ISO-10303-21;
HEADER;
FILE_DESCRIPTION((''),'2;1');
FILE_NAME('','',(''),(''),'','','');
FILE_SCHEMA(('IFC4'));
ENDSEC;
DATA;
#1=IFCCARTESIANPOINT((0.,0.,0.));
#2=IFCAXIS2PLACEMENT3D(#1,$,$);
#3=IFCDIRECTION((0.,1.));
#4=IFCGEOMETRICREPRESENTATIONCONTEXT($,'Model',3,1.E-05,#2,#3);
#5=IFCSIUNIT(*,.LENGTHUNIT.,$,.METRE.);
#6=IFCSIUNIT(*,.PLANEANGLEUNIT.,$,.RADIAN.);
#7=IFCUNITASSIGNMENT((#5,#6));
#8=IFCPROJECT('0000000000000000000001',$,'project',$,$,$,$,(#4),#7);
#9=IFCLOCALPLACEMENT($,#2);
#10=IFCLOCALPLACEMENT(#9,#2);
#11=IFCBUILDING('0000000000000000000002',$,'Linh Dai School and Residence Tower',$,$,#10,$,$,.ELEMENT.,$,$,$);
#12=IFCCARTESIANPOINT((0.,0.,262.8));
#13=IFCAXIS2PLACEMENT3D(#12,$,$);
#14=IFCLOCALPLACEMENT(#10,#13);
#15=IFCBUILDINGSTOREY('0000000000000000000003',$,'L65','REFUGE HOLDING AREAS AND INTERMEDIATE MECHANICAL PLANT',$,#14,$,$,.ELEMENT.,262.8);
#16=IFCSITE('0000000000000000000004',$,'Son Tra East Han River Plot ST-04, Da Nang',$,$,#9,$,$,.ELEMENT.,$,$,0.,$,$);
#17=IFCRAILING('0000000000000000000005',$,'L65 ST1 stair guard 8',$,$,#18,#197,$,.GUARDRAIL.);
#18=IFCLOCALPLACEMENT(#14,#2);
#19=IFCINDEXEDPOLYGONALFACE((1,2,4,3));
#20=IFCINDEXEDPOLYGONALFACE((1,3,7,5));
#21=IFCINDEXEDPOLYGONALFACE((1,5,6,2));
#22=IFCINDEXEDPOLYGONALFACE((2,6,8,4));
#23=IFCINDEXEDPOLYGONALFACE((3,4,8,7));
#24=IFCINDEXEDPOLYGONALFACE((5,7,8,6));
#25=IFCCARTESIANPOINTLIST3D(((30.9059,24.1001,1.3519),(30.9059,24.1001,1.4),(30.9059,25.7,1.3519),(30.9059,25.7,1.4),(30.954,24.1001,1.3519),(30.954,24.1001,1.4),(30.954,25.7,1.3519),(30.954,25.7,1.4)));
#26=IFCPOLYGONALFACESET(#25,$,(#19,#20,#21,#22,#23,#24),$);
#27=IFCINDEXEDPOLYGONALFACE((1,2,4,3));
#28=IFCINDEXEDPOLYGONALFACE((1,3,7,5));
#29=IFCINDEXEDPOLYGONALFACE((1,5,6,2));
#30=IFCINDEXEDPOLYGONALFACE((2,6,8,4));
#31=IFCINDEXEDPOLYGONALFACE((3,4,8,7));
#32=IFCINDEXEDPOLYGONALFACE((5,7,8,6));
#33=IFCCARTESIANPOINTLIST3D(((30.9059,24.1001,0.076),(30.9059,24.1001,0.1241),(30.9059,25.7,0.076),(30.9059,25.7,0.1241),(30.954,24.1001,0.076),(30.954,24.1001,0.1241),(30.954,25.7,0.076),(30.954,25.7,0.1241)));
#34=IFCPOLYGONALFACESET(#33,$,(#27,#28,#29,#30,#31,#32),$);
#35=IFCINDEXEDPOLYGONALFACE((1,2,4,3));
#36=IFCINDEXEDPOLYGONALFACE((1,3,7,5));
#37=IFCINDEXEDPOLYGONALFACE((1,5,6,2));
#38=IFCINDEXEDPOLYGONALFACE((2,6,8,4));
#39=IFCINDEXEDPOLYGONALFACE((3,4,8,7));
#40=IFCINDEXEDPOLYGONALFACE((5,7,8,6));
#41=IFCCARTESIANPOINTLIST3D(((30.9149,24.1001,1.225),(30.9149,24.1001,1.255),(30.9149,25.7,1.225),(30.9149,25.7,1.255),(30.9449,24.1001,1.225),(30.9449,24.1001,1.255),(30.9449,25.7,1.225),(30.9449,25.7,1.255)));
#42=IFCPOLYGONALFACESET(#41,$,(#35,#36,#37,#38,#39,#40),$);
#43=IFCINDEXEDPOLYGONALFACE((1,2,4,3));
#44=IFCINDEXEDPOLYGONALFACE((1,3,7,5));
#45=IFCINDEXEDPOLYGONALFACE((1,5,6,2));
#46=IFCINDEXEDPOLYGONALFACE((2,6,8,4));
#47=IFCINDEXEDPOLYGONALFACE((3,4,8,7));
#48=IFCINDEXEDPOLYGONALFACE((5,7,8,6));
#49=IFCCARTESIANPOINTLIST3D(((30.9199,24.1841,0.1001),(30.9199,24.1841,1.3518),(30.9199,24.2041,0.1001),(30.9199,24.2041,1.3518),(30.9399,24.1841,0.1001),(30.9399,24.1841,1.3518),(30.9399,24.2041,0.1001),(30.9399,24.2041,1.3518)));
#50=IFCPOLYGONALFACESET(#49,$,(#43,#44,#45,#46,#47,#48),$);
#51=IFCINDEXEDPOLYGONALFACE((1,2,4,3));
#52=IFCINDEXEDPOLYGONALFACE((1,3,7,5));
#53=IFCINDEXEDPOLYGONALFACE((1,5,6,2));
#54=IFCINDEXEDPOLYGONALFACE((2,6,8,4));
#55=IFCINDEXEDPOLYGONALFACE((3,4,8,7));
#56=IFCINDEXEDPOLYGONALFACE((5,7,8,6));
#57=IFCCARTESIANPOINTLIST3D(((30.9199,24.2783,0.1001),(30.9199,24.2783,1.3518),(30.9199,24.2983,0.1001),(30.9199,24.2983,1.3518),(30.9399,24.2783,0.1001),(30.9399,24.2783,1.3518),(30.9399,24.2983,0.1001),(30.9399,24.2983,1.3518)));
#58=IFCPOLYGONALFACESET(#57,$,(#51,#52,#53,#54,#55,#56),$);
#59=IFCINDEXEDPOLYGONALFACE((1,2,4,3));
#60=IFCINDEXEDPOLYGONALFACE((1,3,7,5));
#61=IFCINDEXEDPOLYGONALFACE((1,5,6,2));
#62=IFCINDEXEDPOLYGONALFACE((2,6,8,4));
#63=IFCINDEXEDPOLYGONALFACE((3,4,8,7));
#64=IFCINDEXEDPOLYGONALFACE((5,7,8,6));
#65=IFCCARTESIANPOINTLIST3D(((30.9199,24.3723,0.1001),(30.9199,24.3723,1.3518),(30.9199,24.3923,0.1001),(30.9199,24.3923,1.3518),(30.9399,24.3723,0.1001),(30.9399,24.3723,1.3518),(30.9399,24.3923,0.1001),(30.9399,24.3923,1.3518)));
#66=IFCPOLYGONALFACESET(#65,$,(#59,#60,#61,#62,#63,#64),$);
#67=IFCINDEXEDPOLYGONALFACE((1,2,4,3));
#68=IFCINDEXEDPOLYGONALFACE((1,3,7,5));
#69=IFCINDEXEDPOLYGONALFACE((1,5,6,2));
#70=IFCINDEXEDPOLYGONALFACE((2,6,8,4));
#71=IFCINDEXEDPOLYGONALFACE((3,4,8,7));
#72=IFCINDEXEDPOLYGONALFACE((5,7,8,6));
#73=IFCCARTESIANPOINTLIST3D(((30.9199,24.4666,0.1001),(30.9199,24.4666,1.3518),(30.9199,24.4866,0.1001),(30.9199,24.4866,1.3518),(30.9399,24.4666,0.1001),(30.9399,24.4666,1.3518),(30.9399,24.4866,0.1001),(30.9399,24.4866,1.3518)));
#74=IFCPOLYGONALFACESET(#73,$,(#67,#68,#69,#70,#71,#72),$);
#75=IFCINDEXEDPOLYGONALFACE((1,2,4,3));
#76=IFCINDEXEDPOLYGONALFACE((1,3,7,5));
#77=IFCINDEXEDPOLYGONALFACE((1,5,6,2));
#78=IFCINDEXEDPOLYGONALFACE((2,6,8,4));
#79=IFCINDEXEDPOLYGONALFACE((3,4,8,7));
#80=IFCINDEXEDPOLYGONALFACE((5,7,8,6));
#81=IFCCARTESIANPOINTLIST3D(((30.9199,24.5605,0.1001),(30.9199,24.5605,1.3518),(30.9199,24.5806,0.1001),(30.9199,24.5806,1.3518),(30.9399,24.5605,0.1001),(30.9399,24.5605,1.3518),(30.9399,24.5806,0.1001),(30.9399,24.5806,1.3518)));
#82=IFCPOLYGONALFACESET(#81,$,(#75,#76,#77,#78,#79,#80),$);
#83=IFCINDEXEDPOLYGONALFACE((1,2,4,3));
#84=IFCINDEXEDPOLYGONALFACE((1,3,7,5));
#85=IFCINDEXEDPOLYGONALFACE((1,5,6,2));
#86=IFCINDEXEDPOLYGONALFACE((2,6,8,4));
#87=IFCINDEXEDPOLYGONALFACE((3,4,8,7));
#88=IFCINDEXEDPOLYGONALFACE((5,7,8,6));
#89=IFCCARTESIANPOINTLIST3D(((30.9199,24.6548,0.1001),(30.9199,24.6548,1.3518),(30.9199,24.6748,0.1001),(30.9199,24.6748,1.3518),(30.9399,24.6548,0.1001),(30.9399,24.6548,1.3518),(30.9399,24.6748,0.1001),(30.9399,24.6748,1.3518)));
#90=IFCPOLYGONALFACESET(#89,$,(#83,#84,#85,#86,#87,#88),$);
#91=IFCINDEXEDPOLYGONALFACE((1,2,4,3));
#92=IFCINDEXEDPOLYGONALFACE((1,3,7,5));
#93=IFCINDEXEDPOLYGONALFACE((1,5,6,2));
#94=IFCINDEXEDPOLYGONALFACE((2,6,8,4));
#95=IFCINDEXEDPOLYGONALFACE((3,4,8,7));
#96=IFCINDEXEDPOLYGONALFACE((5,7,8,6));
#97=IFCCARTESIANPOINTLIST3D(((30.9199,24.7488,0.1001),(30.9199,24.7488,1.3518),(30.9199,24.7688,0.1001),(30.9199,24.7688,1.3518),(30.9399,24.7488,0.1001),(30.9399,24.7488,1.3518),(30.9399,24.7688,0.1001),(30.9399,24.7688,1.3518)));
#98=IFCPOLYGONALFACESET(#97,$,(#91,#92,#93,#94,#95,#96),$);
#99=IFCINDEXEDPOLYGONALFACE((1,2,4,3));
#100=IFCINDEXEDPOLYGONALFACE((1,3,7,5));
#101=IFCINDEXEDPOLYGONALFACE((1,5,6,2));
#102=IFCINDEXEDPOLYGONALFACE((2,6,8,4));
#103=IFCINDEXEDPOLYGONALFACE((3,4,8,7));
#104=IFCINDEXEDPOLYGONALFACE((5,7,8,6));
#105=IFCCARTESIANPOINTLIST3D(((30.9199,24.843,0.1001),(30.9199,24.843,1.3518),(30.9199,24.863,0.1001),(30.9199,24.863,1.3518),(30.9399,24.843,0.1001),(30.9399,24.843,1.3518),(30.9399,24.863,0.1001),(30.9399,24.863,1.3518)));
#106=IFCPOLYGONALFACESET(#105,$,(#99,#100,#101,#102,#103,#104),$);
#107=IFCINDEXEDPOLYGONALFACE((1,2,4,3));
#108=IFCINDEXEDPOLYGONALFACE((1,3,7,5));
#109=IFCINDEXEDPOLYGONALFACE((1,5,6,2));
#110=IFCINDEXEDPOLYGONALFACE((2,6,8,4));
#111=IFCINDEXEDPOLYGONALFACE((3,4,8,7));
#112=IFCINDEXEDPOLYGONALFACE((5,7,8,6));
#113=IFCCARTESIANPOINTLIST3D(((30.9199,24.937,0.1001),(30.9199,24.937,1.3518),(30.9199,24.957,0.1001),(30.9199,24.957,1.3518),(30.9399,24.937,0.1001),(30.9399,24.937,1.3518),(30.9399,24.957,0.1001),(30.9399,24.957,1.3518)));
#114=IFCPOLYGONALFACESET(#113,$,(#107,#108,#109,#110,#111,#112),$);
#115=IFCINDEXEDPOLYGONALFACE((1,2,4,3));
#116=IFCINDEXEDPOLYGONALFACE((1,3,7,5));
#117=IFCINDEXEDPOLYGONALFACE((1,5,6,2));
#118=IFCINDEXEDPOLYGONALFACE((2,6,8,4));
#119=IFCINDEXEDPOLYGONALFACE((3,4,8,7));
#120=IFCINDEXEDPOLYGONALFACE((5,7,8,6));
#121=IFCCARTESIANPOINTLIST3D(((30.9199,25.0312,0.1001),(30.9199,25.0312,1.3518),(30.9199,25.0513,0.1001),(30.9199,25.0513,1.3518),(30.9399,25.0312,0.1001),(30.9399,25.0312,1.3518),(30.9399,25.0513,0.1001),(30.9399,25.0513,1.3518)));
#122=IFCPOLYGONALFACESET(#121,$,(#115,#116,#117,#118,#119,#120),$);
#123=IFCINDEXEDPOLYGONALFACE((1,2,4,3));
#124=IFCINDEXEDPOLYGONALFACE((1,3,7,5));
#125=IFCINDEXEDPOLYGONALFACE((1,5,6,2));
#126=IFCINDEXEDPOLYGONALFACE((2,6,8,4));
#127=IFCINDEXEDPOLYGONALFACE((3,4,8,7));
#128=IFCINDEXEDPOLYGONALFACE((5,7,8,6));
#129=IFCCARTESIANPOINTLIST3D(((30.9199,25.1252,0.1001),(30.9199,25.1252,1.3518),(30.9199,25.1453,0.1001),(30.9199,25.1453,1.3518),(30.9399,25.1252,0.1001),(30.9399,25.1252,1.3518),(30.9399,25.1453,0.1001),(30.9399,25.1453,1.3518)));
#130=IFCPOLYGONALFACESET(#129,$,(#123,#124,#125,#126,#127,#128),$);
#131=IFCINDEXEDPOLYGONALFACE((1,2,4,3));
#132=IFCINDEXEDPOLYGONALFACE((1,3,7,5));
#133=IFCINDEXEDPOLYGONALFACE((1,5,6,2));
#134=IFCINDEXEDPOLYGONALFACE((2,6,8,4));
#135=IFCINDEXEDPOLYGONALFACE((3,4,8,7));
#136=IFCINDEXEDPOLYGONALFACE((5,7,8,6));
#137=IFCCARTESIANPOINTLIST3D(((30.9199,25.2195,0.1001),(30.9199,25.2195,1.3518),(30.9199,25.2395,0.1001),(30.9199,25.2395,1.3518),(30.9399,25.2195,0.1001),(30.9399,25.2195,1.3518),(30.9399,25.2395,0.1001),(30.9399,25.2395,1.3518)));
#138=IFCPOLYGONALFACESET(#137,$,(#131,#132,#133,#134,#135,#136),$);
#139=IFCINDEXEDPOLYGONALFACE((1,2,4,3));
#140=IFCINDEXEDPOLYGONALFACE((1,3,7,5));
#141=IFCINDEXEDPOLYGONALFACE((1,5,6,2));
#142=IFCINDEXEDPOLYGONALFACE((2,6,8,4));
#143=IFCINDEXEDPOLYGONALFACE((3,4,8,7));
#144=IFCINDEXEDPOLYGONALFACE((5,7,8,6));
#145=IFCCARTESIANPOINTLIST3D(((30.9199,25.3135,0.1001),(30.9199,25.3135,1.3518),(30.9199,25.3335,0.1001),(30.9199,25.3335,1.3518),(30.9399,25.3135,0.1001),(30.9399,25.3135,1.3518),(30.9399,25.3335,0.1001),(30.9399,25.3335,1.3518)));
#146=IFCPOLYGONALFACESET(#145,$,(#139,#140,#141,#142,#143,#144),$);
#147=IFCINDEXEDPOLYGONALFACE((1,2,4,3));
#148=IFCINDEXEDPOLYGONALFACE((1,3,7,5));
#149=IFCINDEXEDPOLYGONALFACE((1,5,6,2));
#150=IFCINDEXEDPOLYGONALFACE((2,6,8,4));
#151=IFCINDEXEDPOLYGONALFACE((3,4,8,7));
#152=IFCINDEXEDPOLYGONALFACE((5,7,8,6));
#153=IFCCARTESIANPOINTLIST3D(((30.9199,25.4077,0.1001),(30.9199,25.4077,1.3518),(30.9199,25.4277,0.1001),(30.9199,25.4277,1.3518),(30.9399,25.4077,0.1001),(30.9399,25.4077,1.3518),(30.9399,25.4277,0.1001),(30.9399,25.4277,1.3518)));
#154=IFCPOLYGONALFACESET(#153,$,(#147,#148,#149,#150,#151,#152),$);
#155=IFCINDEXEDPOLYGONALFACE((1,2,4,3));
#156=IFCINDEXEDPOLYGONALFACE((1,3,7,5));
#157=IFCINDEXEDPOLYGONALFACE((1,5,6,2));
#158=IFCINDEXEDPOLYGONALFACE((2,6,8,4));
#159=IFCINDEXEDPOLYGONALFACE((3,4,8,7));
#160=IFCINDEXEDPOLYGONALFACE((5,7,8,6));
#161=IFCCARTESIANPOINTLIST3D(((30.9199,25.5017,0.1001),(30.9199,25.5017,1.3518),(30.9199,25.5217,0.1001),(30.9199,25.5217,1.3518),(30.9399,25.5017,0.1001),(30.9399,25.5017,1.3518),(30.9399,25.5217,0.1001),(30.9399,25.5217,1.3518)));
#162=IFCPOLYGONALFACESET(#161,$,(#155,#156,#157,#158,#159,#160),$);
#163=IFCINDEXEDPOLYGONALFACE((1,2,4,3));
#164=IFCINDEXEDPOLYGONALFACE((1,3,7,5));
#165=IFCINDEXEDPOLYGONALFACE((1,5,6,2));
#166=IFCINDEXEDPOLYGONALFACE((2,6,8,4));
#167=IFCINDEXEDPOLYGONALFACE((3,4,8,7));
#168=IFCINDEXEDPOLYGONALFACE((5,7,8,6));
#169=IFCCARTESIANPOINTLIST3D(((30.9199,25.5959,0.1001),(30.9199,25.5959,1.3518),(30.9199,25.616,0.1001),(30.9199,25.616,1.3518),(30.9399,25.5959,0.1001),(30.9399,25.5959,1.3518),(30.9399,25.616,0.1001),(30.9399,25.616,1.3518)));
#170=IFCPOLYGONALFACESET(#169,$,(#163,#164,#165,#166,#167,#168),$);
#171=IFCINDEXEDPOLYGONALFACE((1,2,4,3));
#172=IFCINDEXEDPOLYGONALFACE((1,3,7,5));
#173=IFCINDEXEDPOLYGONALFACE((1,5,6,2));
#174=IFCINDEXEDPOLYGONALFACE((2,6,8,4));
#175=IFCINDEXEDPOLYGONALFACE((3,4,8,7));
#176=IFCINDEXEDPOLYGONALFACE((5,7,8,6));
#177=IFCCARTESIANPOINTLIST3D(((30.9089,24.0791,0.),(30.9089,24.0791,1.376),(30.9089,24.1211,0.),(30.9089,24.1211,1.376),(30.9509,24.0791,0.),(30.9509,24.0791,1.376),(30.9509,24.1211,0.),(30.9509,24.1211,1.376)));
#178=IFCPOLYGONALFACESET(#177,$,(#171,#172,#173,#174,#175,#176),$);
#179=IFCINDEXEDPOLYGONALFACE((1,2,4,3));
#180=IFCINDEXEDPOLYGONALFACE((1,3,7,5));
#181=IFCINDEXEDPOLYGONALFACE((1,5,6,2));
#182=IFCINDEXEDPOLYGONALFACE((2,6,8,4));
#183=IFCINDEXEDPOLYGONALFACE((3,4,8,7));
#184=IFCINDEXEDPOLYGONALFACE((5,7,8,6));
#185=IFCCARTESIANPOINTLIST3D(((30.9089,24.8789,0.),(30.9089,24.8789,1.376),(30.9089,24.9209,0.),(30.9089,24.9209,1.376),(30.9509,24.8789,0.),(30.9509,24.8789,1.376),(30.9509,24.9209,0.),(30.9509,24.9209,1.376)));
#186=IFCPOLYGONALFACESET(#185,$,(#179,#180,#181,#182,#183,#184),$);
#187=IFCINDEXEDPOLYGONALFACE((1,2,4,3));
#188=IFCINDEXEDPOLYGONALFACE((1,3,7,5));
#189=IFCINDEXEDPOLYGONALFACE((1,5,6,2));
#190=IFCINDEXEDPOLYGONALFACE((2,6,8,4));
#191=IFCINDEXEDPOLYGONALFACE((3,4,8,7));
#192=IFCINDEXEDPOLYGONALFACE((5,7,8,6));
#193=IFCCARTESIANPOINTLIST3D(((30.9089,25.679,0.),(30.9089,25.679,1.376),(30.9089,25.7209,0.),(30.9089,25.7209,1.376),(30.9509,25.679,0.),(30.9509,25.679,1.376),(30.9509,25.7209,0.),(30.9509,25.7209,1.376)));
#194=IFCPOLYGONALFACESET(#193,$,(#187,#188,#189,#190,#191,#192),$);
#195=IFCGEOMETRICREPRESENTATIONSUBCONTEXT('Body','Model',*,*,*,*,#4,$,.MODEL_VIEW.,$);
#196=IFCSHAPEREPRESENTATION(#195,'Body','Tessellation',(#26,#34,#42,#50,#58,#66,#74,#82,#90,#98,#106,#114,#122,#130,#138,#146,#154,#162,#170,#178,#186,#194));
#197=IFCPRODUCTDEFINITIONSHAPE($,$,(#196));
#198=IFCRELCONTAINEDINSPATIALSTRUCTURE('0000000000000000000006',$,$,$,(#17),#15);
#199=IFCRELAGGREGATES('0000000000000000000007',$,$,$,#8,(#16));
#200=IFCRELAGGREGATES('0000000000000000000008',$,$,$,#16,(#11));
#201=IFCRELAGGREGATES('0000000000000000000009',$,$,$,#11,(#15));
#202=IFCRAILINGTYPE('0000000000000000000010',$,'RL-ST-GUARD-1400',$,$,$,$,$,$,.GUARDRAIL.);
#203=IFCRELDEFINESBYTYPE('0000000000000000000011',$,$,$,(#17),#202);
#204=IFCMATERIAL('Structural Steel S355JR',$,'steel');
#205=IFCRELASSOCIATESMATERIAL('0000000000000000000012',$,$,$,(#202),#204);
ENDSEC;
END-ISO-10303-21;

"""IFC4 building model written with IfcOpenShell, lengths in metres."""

from ifc_helpers import new_model, si_unit, direction, frame, origin, origin_2d, place, context, subcontext, project, spatial, rectangle, extrude, source, transform, mapped, material, type_object, element, save


model = new_model("IFC4")

# Units and contexts
model_context = context("Model", 3, precision=1e-05, world=origin(), true_north=direction((0.0, 1.0)))
body_context = subcontext(model_context, "Body", "Model", "MODEL_VIEW")
ifc_project = project(units=[si_unit("LENGTHUNIT", "METRE"), si_unit("PLANEANGLEUNIT", "RADIAN")], contexts=[model_context])

# Site, building, storey
site_placement = place(None, origin())
site = spatial("IfcSite", under=ifc_project, at=site_placement, Name="Son Tra East Han River Plot ST-04, Da Nang", CompositionType="ELEMENT", RefElevation=0.0)
building_placement = place(site_placement, origin())
building = spatial("IfcBuilding", under=site, at=building_placement, Name="Linh Dai School and Residence Tower", CompositionType="ELEMENT")
storey_placement = place(building_placement, frame((0.0, 0.0, 262.8)))
storey = spatial("IfcBuildingStorey", under=building, at=storey_placement, Name="L65", Description="REFUGE HOLDING AREAS AND INTERMEDIATE MECHANICAL PLANT", CompositionType="ELEMENT", Elevation=262.8)

# Shared definitions
ifc_material_1 = material(Name="Structural Steel S355JR", Category="steel")

# Railing
railing_type_1 = type_object("IfcRailingType", Name="RL-ST-GUARD-1400", PredefinedType="GUARDRAIL", material=ifc_material_1)
shared_shape_1 = source(origin(), body_context, "Body", "SweptSolid", [
    extrude(rectangle(XDim=0.0481, YDim=0.0481, at=origin_2d()), frame((0.0, 0.0, 1.376), z_axis=(0.0, 1.0, 0.0), x_axis=(-1.0, 0.0, 0.0)), (0.0, 0.0, 1.0), 1.5999),
    extrude(rectangle(XDim=0.0481, YDim=0.0481, at=origin_2d()), frame((0.0, 0.0, 0.1001), z_axis=(0.0, 1.0, 0.0), x_axis=(-1.0, 0.0, 0.0)), (0.0, 0.0, 1.0), 1.5999),
    extrude(rectangle(XDim=0.03, YDim=0.03, at=origin_2d()), frame((0.0, 0.0, 1.24), z_axis=(0.0, 1.0, 0.0), x_axis=(-1.0, 0.0, 0.0)), (0.0, 0.0, 1.0), 1.5999),
    extrude(rectangle(XDim=0.02, YDim=0.02, at=origin_2d()), frame((0.0, 0.094, 0.1001)), (0.0, 0.0, 1.0), 1.2517),
    extrude(rectangle(XDim=0.02, YDim=0.02, at=origin_2d()), frame((0.0, 0.1882, 0.1001)), (0.0, 0.0, 1.0), 1.2517),
    extrude(rectangle(XDim=0.02, YDim=0.02, at=origin_2d()), frame((0.0, 0.2822, 0.1001)), (0.0, 0.0, 1.0), 1.2517),
    extrude(rectangle(XDim=0.02, YDim=0.02, at=origin_2d()), frame((0.0, 0.3765, 0.1001)), (0.0, 0.0, 1.0), 1.2517),
    extrude(rectangle(XDim=0.02, YDim=0.02, at=origin_2d()), frame((0.0, 0.4705, 0.1001)), (0.0, 0.0, 1.0), 1.2517),
    extrude(rectangle(XDim=0.02, YDim=0.02, at=origin_2d()), frame((0.0, 0.5647, 0.1001)), (0.0, 0.0, 1.0), 1.2517),
    extrude(rectangle(XDim=0.02, YDim=0.02, at=origin_2d()), frame((0.0, 0.6587, 0.1001)), (0.0, 0.0, 1.0), 1.2517),
    extrude(rectangle(XDim=0.02, YDim=0.02, at=origin_2d()), frame((0.0, 0.7529, 0.1001)), (0.0, 0.0, 1.0), 1.2517),
    extrude(rectangle(XDim=0.02, YDim=0.02, at=origin_2d()), frame((0.0, 0.8469, 0.1001)), (0.0, 0.0, 1.0), 1.2517),
    extrude(rectangle(XDim=0.02, YDim=0.02, at=origin_2d()), frame((0.0, 0.9412, 0.1001)), (0.0, 0.0, 1.0), 1.2517),
    extrude(rectangle(XDim=0.02, YDim=0.02, at=origin_2d()), frame((0.0, 1.0352, 0.1001)), (0.0, 0.0, 1.0), 1.2517),
    extrude(rectangle(XDim=0.02, YDim=0.02, at=origin_2d()), frame((0.0, 1.1294, 0.1001)), (0.0, 0.0, 1.0), 1.2517),
    extrude(rectangle(XDim=0.02, YDim=0.02, at=origin_2d()), frame((0.0, 1.2234, 0.1001)), (0.0, 0.0, 1.0), 1.2517),
    extrude(rectangle(XDim=0.02, YDim=0.02, at=origin_2d()), frame((0.0, 1.3176, 0.1001)), (0.0, 0.0, 1.0), 1.2517),
    extrude(rectangle(XDim=0.02, YDim=0.02, at=origin_2d()), frame((0.0, 1.4116, 0.1001)), (0.0, 0.0, 1.0), 1.2517),
    extrude(rectangle(XDim=0.02, YDim=0.02, at=origin_2d()), frame((0.0, 1.5059, 0.1001)), (0.0, 0.0, 1.0), 1.2517),
    extrude(rectangle(XDim=0.042, YDim=0.042, at=origin_2d()), origin(), (0.0, 0.0, 1.0), 1.376),
    extrude(rectangle(XDim=0.042, YDim=0.042, at=origin_2d()), frame((0.0, 0.7998, 0.0)), (0.0, 0.0, 1.0), 1.376),
    extrude(rectangle(XDim=0.042, YDim=0.042, at=origin_2d()), frame((0.0, 1.5999, 0.0)), (0.0, 0.0, 1.0), 1.376),
])
for number, where, name in (
    (1, (30.9299, 24.1001, 0.0), "L65 ST1 stair guard 8"),
):
    element("IfcRailing", number, at=place(storey_placement, frame(where)), inside=storey, type_object=railing_type_1, Name=name, PredefinedType="GUARDRAIL", context=body_context, shape_type="MappedRepresentation", body=[
        mapped(shared_shape_1, transform((0.0, 0.0, 0.0), x_axis=(1.0, 0.0, 0.0), y_axis=(0.0, 1.0, 0.0), z_axis=(0.0, 0.0, 1.0), scale=1.0)),
    ])

save(model, "model.ifc")
